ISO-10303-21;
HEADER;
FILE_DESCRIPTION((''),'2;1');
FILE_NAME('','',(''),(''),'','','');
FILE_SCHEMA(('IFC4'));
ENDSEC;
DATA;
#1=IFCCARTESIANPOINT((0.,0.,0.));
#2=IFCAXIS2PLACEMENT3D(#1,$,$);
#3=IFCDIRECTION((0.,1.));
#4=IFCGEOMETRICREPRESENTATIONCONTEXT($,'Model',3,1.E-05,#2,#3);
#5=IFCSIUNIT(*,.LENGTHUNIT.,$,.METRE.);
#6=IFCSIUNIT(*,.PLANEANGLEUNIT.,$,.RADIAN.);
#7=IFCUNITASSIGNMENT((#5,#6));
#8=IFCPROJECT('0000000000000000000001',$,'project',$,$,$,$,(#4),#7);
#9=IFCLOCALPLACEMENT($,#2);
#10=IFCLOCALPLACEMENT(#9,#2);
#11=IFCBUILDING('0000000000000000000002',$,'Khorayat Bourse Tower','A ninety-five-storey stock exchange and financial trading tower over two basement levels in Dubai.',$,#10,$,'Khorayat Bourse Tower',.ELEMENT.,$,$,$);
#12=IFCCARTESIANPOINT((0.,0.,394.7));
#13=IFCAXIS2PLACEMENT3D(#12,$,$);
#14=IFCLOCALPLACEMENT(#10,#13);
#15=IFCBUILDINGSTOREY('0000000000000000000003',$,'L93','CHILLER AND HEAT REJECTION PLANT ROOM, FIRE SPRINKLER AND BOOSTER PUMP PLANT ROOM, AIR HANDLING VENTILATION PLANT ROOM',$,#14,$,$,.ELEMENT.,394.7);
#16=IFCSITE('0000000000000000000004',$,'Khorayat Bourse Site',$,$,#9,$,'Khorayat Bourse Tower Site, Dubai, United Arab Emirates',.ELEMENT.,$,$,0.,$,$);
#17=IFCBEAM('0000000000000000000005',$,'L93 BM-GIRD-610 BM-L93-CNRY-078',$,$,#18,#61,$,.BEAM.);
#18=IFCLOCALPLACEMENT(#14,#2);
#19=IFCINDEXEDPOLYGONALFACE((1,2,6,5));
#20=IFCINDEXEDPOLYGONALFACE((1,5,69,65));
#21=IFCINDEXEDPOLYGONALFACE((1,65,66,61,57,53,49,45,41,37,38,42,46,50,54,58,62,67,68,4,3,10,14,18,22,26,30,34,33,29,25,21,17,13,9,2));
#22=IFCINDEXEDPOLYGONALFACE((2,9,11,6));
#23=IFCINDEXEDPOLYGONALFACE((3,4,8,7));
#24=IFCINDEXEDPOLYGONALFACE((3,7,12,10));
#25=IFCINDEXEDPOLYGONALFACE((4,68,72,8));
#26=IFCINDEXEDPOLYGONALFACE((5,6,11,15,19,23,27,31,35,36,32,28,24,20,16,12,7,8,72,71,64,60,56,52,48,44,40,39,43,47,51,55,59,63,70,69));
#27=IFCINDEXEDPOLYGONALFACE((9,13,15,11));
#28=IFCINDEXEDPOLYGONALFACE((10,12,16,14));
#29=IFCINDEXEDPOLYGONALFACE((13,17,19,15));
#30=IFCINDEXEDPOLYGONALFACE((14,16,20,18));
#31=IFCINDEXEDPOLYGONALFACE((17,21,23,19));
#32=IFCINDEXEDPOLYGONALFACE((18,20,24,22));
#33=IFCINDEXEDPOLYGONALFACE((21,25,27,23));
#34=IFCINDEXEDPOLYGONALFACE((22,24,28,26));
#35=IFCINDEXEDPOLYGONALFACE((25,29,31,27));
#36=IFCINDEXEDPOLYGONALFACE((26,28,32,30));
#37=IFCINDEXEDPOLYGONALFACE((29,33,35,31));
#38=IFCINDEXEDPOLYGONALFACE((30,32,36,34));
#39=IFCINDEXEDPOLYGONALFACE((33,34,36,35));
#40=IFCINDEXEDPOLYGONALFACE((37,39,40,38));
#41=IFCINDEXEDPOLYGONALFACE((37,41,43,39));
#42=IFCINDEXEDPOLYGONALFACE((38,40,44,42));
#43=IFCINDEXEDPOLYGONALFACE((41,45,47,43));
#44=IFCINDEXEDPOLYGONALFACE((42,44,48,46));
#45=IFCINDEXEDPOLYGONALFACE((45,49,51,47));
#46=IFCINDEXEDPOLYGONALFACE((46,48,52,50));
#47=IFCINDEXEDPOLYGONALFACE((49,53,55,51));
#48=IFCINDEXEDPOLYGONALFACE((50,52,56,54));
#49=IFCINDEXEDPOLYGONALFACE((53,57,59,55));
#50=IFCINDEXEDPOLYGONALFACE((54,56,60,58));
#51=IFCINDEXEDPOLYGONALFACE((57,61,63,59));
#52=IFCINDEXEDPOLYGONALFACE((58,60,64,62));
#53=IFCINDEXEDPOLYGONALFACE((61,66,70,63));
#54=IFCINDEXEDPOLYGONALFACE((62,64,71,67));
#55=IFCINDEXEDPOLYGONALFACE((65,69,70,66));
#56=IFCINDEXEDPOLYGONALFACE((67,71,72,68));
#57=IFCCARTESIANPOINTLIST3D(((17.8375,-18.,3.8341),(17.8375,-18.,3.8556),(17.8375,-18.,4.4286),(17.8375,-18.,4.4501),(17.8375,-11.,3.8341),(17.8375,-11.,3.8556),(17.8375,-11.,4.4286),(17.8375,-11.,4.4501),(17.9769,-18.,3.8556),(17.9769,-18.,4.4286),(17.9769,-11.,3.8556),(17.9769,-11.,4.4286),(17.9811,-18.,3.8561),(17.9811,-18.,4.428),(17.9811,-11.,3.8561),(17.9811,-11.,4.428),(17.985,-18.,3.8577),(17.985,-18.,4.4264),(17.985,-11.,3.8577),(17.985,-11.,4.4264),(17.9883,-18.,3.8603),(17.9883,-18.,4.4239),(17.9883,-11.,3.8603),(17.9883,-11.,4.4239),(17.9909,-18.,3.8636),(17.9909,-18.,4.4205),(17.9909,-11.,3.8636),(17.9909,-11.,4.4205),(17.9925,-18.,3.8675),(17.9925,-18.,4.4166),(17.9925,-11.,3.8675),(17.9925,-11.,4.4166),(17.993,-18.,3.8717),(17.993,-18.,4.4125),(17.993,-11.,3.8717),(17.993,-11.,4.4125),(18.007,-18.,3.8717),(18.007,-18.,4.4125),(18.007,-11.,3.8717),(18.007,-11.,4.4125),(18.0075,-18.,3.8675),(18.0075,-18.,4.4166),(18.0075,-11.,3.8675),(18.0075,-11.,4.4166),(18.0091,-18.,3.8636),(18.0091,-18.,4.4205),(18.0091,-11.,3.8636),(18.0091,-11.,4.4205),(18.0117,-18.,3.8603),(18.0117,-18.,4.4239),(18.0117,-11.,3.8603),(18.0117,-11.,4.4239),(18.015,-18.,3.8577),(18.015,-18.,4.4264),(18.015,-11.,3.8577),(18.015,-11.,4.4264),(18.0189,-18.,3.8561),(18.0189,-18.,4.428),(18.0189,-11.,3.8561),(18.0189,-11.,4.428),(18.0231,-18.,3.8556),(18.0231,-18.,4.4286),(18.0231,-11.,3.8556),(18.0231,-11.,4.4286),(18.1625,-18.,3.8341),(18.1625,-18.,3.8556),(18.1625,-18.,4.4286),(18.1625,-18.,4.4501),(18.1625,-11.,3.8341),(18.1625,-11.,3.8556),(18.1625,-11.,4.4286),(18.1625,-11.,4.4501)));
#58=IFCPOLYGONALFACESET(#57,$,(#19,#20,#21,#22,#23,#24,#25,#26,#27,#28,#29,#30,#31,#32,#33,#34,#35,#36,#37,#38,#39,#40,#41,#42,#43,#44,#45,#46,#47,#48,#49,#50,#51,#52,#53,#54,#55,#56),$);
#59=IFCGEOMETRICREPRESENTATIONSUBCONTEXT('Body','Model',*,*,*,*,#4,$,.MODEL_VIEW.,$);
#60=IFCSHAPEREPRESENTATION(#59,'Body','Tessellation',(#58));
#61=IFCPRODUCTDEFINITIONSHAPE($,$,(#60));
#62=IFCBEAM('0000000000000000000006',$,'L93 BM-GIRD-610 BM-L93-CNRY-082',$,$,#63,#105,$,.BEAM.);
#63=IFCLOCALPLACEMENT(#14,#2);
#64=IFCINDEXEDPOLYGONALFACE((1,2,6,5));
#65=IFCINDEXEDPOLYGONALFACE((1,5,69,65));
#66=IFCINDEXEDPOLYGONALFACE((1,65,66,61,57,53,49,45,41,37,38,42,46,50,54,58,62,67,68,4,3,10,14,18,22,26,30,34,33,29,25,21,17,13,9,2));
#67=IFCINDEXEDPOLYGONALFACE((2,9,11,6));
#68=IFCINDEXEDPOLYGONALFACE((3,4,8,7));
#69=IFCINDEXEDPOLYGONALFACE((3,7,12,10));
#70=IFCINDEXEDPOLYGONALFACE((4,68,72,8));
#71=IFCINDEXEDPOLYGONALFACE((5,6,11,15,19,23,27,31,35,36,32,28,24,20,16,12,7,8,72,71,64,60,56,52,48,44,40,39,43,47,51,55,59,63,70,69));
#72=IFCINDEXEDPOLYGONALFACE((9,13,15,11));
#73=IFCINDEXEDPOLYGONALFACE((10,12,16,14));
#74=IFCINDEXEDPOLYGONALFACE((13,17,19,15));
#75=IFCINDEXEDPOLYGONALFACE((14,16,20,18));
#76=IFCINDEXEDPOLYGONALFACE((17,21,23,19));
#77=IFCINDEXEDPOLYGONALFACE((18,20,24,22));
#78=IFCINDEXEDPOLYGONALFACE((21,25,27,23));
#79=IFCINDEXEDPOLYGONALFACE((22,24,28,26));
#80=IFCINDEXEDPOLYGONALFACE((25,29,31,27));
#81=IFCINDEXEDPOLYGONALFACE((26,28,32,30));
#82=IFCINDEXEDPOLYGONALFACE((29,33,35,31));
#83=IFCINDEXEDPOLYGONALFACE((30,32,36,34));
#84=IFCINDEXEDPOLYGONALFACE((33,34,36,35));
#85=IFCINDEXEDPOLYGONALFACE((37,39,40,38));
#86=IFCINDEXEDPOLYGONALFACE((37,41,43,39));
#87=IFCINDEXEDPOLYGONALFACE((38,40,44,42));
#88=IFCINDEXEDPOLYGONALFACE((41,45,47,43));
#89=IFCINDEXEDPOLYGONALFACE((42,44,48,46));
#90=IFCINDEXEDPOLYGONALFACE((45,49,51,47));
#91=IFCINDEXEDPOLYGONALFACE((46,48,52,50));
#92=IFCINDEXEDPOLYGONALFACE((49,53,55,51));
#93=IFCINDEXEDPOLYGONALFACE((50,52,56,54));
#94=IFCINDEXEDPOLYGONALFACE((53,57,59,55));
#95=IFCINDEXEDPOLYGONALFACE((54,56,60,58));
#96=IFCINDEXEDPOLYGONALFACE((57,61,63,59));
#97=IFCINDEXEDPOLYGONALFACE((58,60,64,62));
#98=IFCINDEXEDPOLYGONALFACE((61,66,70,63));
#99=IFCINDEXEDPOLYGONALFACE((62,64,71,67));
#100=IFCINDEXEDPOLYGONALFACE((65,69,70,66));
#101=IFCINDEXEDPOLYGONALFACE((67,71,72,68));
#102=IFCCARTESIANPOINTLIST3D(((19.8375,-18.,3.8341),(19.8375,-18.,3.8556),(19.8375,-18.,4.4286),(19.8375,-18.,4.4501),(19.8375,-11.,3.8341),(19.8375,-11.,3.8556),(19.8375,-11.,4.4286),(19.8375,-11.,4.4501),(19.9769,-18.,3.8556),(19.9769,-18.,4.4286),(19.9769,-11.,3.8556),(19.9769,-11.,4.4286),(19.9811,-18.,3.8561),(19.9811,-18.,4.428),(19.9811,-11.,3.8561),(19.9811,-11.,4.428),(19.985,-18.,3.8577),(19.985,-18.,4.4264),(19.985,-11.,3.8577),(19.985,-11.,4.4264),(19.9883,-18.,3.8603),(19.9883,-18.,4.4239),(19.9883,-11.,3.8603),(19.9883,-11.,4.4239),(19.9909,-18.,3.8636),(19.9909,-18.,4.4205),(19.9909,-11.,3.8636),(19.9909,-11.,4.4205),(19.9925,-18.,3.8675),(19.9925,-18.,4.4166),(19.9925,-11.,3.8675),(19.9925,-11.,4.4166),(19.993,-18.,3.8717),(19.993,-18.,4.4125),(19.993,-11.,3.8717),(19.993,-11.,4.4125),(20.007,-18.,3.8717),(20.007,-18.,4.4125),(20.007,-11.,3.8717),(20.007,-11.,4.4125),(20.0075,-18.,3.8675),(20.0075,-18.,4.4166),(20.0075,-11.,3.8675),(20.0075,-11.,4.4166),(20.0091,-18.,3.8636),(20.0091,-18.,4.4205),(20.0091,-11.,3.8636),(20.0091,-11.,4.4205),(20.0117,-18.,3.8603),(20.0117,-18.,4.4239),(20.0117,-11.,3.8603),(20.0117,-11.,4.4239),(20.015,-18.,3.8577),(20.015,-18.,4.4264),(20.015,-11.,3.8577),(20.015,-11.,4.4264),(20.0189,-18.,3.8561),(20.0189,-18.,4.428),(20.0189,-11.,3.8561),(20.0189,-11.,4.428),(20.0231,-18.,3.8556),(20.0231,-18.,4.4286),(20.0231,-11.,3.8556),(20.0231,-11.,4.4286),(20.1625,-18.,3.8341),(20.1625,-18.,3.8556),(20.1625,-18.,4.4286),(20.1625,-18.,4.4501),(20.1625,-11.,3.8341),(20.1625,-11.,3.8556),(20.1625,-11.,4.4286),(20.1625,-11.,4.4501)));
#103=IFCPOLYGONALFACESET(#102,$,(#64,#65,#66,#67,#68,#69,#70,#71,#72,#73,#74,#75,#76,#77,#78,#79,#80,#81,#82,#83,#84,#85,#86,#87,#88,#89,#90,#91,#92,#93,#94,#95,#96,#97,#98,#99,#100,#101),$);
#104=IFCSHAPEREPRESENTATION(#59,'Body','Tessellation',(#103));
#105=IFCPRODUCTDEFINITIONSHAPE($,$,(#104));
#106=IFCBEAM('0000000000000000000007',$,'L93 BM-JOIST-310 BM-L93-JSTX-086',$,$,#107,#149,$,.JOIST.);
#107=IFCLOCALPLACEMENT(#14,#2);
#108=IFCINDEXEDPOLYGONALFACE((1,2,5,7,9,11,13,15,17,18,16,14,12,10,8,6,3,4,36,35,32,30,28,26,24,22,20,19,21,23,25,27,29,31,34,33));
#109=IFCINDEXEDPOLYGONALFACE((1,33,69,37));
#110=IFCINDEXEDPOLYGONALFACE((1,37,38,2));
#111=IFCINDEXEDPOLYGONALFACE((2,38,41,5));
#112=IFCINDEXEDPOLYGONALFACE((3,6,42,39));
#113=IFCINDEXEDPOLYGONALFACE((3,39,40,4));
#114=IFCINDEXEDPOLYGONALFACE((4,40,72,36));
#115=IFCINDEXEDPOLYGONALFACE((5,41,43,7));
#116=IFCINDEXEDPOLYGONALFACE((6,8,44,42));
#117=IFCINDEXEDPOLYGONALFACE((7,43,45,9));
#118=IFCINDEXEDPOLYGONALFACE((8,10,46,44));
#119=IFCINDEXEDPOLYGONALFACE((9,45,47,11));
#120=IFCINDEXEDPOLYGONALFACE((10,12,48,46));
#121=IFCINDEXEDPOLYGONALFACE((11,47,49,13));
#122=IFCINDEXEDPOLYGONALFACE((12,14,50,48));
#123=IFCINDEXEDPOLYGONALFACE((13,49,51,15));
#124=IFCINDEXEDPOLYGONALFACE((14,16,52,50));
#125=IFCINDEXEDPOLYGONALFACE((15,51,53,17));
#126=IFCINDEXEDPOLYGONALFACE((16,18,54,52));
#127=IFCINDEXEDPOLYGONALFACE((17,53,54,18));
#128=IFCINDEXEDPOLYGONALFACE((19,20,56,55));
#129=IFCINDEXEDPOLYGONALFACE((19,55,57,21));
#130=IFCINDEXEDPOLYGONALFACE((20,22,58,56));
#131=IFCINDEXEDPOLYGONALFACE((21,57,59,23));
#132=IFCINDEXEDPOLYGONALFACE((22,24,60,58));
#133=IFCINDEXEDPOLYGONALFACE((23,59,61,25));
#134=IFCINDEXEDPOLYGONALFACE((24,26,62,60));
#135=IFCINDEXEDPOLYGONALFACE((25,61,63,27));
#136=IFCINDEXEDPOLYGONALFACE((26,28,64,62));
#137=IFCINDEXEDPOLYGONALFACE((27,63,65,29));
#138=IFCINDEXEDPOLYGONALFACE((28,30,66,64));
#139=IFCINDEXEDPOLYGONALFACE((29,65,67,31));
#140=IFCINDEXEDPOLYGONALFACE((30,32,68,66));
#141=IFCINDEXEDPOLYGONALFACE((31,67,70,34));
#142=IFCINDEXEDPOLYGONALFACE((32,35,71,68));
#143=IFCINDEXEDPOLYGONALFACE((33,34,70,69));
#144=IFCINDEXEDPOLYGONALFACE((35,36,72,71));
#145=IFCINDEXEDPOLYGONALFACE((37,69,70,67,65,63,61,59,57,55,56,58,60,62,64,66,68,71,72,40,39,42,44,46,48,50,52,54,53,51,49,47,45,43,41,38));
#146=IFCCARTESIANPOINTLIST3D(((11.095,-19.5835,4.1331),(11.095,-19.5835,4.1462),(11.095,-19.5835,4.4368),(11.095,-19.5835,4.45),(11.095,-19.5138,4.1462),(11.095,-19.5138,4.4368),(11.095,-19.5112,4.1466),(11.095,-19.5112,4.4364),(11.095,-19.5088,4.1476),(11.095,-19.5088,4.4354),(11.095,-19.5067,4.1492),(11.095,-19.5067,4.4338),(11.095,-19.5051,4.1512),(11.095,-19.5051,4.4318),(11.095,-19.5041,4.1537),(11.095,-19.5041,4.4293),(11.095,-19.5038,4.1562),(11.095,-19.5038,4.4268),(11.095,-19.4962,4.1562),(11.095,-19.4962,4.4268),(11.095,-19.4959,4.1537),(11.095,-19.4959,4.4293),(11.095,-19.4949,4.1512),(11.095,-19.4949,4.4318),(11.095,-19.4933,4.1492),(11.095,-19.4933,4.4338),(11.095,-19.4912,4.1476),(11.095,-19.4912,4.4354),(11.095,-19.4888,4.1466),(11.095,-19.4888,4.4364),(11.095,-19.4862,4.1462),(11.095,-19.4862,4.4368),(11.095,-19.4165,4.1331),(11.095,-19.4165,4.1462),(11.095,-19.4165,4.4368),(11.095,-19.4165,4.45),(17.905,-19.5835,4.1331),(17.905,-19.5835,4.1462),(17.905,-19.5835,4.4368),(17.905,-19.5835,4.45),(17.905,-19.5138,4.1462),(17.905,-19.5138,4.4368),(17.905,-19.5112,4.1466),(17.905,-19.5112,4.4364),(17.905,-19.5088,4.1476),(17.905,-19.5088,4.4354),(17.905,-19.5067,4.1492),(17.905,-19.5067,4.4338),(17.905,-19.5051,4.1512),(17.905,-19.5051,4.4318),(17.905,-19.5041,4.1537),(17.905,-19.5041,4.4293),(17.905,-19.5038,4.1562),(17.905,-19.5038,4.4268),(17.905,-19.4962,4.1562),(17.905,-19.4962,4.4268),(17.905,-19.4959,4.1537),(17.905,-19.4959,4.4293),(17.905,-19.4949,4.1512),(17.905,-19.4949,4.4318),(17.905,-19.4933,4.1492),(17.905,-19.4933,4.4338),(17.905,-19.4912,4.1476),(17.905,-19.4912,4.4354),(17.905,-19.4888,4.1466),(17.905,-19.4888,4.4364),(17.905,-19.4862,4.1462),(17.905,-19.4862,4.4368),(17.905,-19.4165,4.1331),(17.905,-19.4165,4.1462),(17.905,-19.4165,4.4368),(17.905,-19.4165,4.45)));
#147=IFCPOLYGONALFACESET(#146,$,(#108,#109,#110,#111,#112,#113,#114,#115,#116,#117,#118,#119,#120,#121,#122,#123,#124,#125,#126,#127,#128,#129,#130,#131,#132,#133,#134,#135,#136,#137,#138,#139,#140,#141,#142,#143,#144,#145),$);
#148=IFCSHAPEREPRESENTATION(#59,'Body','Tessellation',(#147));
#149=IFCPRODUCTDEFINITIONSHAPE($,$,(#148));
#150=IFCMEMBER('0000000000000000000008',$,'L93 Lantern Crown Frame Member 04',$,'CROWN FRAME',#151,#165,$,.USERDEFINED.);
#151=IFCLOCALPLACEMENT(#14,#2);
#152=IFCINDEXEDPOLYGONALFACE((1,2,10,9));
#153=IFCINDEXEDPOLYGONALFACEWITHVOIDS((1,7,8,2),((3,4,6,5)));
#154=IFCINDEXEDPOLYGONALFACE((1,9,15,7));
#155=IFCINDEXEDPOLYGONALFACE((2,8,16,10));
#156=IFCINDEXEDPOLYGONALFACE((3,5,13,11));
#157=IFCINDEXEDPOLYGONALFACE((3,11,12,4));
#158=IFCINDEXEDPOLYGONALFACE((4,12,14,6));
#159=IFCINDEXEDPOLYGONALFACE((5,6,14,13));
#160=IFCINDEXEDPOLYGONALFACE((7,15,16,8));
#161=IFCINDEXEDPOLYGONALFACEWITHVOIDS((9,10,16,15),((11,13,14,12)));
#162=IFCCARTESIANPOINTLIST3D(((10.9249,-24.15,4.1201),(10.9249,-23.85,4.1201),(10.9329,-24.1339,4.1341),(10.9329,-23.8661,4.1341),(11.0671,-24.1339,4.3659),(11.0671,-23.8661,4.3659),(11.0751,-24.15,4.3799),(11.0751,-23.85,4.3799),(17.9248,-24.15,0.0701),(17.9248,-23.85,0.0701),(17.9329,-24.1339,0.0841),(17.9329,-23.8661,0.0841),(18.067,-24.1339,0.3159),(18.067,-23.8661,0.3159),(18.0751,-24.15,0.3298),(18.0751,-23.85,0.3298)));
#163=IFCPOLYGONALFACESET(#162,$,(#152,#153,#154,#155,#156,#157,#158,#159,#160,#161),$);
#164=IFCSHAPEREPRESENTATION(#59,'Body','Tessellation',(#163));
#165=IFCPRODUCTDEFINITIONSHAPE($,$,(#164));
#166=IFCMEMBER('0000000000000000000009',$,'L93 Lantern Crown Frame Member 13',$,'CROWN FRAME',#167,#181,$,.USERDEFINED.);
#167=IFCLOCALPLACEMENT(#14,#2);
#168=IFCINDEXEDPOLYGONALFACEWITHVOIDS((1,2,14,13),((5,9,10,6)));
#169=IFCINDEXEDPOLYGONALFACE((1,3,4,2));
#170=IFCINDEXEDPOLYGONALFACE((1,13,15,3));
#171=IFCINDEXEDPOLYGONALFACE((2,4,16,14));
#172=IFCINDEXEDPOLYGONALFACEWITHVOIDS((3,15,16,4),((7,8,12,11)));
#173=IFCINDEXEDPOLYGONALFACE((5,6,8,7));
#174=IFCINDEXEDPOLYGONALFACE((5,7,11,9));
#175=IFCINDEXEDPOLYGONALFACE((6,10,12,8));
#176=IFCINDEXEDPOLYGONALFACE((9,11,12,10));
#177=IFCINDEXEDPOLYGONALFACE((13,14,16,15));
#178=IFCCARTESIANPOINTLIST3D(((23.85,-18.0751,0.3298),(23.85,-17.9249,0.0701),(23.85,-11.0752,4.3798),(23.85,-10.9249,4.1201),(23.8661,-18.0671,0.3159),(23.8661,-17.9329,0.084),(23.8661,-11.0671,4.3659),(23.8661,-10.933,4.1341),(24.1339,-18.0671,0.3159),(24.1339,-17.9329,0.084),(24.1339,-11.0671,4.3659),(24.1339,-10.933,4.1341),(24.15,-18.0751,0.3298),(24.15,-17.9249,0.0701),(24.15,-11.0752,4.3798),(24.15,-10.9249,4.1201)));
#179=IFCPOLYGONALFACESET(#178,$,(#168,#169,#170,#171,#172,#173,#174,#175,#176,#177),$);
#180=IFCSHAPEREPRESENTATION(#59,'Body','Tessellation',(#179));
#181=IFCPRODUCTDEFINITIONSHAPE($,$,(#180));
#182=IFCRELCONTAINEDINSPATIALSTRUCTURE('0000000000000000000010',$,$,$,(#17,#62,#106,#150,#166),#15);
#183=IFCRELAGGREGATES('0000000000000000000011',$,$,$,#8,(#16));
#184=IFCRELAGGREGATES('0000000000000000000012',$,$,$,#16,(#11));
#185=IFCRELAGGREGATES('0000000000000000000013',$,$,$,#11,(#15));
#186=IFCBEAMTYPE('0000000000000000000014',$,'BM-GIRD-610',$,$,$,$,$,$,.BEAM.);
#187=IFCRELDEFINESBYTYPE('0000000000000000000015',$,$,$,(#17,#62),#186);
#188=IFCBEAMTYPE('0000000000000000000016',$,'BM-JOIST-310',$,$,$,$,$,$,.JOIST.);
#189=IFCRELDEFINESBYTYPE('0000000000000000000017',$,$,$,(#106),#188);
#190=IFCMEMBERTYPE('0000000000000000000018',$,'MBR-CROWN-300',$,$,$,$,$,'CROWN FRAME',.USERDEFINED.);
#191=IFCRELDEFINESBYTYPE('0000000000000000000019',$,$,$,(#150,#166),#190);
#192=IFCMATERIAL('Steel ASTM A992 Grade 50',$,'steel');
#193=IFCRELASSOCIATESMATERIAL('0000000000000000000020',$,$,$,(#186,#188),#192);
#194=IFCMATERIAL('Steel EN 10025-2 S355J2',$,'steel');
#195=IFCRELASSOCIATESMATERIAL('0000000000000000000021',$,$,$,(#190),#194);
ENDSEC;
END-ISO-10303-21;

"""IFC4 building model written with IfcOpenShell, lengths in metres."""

from ifc_helpers import new_model, si_unit, direction, frame, origin, origin_2d, place, context, subcontext, project, spatial, hollow_rectangle, i_section, extrude, source, transform, mapped, material, material_profile, profile_set, type_object, element, save


model = new_model("IFC4")

# Units and contexts
model_context = context("Model", 3, precision=1e-05, world=origin(), true_north=direction((0.0, 1.0)))
body_context = subcontext(model_context, "Body", "Model", "MODEL_VIEW")
ifc_project = project(units=[si_unit("LENGTHUNIT", "METRE"), si_unit("PLANEANGLEUNIT", "RADIAN")], contexts=[model_context])

# Site, building, storey
site_placement = place(None, origin())
site = spatial("IfcSite", under=ifc_project, at=site_placement, Name="Khorayat Bourse Site", LongName="Khorayat Bourse Tower Site, Dubai, United Arab Emirates", CompositionType="ELEMENT", RefElevation=0.0)
building_placement = place(site_placement, origin())
building = spatial("IfcBuilding", under=site, at=building_placement, Name="Khorayat Bourse Tower", Description="A ninety-five-storey stock exchange and financial trading tower over two basement levels in Dubai.", LongName="Khorayat Bourse Tower", CompositionType="ELEMENT")
storey_placement = place(building_placement, frame((0.0, 0.0, 394.7)))
storey = spatial("IfcBuildingStorey", under=building, at=storey_placement, Name="L93", Description="CHILLER AND HEAT REJECTION PLANT ROOM, FIRE SPRINKLER AND BOOSTER PUMP PLANT ROOM, AIR HANDLING VENTILATION PLANT ROOM", CompositionType="ELEMENT", Elevation=394.7)

# Shared definitions
ifc_material_1 = material(Name="Steel EN 10025-2 S355J2", Category="steel")

# Beams
ifc_material_2 = material(Name="Steel ASTM A992 Grade 50", Category="steel")
ifc_material_profile_1 = material_profile(ifc_material_2, i_section(OverallWidth=0.325, OverallDepth=0.616, WebThickness=0.0139, FlangeThickness=0.0215, FilletRadius=0.0161, at=origin_2d()), Name="W610X174")
ifc_profile_set_1 = profile_set([ifc_material_profile_1], Name="Steel ASTM A992 Grade 50")
beam_type_1 = type_object("IfcBeamType", Name="BM-GIRD-610", PredefinedType="BEAM", material=ifc_profile_set_1)
shared_shape_1 = source(origin(), body_context, "Body", "SweptSolid", [
    extrude(i_section(OverallWidth=0.325, OverallDepth=0.616, WebThickness=0.0139, FlangeThickness=0.0215, FilletRadius=0.0161, at=origin_2d()), origin(), (0.0, 0.0, 1.0), 7.0),
])
for number, where, z_axis, x_axis, name in (
    (1, (18.0, -18.0, 4.1421), (0.0, 1.0, 0.0), (-1.0, 0.0, 0.0), "L93 BM-GIRD-610 BM-L93-CNRY-078"),
    (2, (20.0, -18.0, 4.1421), (0.0, 1.0, 0.0), (-1.0, 0.0, 0.0), "L93 BM-GIRD-610 BM-L93-CNRY-082"),
):
    element("IfcBeam", number, at=place(storey_placement, frame(where, z_axis=z_axis, x_axis=x_axis)), inside=storey, type_object=beam_type_1, Name=name, PredefinedType="BEAM", context=body_context, shape_type="MappedRepresentation", body=[
        mapped(shared_shape_1, transform((0.0, 0.0, 0.0), scale=1.0)),
    ])
ifc_material_profile_2 = material_profile(ifc_material_2, i_section(OverallWidth=0.167, OverallDepth=0.3169, WebThickness=0.0076, FlangeThickness=0.0132, FilletRadius=0.01, at=origin_2d()), Name="W310X52")
ifc_profile_set_2 = profile_set([ifc_material_profile_2], Name="Steel ASTM A992 Grade 50")
beam_type_2 = type_object("IfcBeamType", Name="BM-JOIST-310", PredefinedType="JOIST", material=ifc_profile_set_2)
shared_shape_2 = source(origin(), body_context, "Body", "SweptSolid", [
    extrude(i_section(OverallWidth=0.167, OverallDepth=0.3169, WebThickness=0.0076, FlangeThickness=0.0132, FilletRadius=0.01, at=origin_2d()), origin(), (0.0, 0.0, 1.0), 6.8101),
])
beam_1_placement = place(storey_placement, frame((11.095, -19.5, 4.2915), z_axis=(1.0, 0.0, 0.0), x_axis=(0.0, 1.0, 0.0)))
element("IfcBeam", 3, at=beam_1_placement, inside=storey, type_object=beam_type_2, Name="L93 BM-JOIST-310 BM-L93-JSTX-086", PredefinedType="JOIST", context=body_context, shape_type="MappedRepresentation", body=[
    mapped(shared_shape_2, transform((0.0, 0.0, 0.0), scale=1.0)),
])

# Members
ifc_material_profile_3 = material_profile(ifc_material_1, hollow_rectangle(XDim=0.3, YDim=0.3, WallThickness=0.0161, at=origin_2d()), Name="HSS 300x300x16")
ifc_profile_set_3 = profile_set([ifc_material_profile_3], Name="Steel EN 10025-2 S355J2")
member_type_1 = type_object("IfcMemberType", Name="MBR-CROWN-300", ElementType="CROWN FRAME", PredefinedType="USERDEFINED", material=ifc_profile_set_3)
shared_shape_3 = source(origin(), body_context, "Body", "SweptSolid", [
    extrude(hollow_rectangle(XDim=0.3, YDim=0.3, WallThickness=0.0161, at=origin_2d()), origin(), (0.0, 0.0, 1.0), 8.0872),
])
for number, where, z_axis, x_axis, name in (
    (4, (11.0, -24.0, 4.25), (0.865565, 0.0, -0.500797), (0.0, 1.0, 0.0), "L93 Lantern Crown Frame Member 04"),
    (5, (24.0, -18.0, 0.2), (0.0, 0.865565, 0.500797), (-1.0, 0.0, 0.0), "L93 Lantern Crown Frame Member 13"),
):
    element("IfcMember", number, at=place(storey_placement, frame(where, z_axis=z_axis, x_axis=x_axis)), inside=storey, type_object=member_type_1, Name=name, ObjectType="CROWN FRAME", PredefinedType="USERDEFINED", context=body_context, shape_type="MappedRepresentation", body=[
        mapped(shared_shape_3, transform((0.0, 0.0, 0.0), scale=1.0)),
    ])

save(model, "model.ifc")
